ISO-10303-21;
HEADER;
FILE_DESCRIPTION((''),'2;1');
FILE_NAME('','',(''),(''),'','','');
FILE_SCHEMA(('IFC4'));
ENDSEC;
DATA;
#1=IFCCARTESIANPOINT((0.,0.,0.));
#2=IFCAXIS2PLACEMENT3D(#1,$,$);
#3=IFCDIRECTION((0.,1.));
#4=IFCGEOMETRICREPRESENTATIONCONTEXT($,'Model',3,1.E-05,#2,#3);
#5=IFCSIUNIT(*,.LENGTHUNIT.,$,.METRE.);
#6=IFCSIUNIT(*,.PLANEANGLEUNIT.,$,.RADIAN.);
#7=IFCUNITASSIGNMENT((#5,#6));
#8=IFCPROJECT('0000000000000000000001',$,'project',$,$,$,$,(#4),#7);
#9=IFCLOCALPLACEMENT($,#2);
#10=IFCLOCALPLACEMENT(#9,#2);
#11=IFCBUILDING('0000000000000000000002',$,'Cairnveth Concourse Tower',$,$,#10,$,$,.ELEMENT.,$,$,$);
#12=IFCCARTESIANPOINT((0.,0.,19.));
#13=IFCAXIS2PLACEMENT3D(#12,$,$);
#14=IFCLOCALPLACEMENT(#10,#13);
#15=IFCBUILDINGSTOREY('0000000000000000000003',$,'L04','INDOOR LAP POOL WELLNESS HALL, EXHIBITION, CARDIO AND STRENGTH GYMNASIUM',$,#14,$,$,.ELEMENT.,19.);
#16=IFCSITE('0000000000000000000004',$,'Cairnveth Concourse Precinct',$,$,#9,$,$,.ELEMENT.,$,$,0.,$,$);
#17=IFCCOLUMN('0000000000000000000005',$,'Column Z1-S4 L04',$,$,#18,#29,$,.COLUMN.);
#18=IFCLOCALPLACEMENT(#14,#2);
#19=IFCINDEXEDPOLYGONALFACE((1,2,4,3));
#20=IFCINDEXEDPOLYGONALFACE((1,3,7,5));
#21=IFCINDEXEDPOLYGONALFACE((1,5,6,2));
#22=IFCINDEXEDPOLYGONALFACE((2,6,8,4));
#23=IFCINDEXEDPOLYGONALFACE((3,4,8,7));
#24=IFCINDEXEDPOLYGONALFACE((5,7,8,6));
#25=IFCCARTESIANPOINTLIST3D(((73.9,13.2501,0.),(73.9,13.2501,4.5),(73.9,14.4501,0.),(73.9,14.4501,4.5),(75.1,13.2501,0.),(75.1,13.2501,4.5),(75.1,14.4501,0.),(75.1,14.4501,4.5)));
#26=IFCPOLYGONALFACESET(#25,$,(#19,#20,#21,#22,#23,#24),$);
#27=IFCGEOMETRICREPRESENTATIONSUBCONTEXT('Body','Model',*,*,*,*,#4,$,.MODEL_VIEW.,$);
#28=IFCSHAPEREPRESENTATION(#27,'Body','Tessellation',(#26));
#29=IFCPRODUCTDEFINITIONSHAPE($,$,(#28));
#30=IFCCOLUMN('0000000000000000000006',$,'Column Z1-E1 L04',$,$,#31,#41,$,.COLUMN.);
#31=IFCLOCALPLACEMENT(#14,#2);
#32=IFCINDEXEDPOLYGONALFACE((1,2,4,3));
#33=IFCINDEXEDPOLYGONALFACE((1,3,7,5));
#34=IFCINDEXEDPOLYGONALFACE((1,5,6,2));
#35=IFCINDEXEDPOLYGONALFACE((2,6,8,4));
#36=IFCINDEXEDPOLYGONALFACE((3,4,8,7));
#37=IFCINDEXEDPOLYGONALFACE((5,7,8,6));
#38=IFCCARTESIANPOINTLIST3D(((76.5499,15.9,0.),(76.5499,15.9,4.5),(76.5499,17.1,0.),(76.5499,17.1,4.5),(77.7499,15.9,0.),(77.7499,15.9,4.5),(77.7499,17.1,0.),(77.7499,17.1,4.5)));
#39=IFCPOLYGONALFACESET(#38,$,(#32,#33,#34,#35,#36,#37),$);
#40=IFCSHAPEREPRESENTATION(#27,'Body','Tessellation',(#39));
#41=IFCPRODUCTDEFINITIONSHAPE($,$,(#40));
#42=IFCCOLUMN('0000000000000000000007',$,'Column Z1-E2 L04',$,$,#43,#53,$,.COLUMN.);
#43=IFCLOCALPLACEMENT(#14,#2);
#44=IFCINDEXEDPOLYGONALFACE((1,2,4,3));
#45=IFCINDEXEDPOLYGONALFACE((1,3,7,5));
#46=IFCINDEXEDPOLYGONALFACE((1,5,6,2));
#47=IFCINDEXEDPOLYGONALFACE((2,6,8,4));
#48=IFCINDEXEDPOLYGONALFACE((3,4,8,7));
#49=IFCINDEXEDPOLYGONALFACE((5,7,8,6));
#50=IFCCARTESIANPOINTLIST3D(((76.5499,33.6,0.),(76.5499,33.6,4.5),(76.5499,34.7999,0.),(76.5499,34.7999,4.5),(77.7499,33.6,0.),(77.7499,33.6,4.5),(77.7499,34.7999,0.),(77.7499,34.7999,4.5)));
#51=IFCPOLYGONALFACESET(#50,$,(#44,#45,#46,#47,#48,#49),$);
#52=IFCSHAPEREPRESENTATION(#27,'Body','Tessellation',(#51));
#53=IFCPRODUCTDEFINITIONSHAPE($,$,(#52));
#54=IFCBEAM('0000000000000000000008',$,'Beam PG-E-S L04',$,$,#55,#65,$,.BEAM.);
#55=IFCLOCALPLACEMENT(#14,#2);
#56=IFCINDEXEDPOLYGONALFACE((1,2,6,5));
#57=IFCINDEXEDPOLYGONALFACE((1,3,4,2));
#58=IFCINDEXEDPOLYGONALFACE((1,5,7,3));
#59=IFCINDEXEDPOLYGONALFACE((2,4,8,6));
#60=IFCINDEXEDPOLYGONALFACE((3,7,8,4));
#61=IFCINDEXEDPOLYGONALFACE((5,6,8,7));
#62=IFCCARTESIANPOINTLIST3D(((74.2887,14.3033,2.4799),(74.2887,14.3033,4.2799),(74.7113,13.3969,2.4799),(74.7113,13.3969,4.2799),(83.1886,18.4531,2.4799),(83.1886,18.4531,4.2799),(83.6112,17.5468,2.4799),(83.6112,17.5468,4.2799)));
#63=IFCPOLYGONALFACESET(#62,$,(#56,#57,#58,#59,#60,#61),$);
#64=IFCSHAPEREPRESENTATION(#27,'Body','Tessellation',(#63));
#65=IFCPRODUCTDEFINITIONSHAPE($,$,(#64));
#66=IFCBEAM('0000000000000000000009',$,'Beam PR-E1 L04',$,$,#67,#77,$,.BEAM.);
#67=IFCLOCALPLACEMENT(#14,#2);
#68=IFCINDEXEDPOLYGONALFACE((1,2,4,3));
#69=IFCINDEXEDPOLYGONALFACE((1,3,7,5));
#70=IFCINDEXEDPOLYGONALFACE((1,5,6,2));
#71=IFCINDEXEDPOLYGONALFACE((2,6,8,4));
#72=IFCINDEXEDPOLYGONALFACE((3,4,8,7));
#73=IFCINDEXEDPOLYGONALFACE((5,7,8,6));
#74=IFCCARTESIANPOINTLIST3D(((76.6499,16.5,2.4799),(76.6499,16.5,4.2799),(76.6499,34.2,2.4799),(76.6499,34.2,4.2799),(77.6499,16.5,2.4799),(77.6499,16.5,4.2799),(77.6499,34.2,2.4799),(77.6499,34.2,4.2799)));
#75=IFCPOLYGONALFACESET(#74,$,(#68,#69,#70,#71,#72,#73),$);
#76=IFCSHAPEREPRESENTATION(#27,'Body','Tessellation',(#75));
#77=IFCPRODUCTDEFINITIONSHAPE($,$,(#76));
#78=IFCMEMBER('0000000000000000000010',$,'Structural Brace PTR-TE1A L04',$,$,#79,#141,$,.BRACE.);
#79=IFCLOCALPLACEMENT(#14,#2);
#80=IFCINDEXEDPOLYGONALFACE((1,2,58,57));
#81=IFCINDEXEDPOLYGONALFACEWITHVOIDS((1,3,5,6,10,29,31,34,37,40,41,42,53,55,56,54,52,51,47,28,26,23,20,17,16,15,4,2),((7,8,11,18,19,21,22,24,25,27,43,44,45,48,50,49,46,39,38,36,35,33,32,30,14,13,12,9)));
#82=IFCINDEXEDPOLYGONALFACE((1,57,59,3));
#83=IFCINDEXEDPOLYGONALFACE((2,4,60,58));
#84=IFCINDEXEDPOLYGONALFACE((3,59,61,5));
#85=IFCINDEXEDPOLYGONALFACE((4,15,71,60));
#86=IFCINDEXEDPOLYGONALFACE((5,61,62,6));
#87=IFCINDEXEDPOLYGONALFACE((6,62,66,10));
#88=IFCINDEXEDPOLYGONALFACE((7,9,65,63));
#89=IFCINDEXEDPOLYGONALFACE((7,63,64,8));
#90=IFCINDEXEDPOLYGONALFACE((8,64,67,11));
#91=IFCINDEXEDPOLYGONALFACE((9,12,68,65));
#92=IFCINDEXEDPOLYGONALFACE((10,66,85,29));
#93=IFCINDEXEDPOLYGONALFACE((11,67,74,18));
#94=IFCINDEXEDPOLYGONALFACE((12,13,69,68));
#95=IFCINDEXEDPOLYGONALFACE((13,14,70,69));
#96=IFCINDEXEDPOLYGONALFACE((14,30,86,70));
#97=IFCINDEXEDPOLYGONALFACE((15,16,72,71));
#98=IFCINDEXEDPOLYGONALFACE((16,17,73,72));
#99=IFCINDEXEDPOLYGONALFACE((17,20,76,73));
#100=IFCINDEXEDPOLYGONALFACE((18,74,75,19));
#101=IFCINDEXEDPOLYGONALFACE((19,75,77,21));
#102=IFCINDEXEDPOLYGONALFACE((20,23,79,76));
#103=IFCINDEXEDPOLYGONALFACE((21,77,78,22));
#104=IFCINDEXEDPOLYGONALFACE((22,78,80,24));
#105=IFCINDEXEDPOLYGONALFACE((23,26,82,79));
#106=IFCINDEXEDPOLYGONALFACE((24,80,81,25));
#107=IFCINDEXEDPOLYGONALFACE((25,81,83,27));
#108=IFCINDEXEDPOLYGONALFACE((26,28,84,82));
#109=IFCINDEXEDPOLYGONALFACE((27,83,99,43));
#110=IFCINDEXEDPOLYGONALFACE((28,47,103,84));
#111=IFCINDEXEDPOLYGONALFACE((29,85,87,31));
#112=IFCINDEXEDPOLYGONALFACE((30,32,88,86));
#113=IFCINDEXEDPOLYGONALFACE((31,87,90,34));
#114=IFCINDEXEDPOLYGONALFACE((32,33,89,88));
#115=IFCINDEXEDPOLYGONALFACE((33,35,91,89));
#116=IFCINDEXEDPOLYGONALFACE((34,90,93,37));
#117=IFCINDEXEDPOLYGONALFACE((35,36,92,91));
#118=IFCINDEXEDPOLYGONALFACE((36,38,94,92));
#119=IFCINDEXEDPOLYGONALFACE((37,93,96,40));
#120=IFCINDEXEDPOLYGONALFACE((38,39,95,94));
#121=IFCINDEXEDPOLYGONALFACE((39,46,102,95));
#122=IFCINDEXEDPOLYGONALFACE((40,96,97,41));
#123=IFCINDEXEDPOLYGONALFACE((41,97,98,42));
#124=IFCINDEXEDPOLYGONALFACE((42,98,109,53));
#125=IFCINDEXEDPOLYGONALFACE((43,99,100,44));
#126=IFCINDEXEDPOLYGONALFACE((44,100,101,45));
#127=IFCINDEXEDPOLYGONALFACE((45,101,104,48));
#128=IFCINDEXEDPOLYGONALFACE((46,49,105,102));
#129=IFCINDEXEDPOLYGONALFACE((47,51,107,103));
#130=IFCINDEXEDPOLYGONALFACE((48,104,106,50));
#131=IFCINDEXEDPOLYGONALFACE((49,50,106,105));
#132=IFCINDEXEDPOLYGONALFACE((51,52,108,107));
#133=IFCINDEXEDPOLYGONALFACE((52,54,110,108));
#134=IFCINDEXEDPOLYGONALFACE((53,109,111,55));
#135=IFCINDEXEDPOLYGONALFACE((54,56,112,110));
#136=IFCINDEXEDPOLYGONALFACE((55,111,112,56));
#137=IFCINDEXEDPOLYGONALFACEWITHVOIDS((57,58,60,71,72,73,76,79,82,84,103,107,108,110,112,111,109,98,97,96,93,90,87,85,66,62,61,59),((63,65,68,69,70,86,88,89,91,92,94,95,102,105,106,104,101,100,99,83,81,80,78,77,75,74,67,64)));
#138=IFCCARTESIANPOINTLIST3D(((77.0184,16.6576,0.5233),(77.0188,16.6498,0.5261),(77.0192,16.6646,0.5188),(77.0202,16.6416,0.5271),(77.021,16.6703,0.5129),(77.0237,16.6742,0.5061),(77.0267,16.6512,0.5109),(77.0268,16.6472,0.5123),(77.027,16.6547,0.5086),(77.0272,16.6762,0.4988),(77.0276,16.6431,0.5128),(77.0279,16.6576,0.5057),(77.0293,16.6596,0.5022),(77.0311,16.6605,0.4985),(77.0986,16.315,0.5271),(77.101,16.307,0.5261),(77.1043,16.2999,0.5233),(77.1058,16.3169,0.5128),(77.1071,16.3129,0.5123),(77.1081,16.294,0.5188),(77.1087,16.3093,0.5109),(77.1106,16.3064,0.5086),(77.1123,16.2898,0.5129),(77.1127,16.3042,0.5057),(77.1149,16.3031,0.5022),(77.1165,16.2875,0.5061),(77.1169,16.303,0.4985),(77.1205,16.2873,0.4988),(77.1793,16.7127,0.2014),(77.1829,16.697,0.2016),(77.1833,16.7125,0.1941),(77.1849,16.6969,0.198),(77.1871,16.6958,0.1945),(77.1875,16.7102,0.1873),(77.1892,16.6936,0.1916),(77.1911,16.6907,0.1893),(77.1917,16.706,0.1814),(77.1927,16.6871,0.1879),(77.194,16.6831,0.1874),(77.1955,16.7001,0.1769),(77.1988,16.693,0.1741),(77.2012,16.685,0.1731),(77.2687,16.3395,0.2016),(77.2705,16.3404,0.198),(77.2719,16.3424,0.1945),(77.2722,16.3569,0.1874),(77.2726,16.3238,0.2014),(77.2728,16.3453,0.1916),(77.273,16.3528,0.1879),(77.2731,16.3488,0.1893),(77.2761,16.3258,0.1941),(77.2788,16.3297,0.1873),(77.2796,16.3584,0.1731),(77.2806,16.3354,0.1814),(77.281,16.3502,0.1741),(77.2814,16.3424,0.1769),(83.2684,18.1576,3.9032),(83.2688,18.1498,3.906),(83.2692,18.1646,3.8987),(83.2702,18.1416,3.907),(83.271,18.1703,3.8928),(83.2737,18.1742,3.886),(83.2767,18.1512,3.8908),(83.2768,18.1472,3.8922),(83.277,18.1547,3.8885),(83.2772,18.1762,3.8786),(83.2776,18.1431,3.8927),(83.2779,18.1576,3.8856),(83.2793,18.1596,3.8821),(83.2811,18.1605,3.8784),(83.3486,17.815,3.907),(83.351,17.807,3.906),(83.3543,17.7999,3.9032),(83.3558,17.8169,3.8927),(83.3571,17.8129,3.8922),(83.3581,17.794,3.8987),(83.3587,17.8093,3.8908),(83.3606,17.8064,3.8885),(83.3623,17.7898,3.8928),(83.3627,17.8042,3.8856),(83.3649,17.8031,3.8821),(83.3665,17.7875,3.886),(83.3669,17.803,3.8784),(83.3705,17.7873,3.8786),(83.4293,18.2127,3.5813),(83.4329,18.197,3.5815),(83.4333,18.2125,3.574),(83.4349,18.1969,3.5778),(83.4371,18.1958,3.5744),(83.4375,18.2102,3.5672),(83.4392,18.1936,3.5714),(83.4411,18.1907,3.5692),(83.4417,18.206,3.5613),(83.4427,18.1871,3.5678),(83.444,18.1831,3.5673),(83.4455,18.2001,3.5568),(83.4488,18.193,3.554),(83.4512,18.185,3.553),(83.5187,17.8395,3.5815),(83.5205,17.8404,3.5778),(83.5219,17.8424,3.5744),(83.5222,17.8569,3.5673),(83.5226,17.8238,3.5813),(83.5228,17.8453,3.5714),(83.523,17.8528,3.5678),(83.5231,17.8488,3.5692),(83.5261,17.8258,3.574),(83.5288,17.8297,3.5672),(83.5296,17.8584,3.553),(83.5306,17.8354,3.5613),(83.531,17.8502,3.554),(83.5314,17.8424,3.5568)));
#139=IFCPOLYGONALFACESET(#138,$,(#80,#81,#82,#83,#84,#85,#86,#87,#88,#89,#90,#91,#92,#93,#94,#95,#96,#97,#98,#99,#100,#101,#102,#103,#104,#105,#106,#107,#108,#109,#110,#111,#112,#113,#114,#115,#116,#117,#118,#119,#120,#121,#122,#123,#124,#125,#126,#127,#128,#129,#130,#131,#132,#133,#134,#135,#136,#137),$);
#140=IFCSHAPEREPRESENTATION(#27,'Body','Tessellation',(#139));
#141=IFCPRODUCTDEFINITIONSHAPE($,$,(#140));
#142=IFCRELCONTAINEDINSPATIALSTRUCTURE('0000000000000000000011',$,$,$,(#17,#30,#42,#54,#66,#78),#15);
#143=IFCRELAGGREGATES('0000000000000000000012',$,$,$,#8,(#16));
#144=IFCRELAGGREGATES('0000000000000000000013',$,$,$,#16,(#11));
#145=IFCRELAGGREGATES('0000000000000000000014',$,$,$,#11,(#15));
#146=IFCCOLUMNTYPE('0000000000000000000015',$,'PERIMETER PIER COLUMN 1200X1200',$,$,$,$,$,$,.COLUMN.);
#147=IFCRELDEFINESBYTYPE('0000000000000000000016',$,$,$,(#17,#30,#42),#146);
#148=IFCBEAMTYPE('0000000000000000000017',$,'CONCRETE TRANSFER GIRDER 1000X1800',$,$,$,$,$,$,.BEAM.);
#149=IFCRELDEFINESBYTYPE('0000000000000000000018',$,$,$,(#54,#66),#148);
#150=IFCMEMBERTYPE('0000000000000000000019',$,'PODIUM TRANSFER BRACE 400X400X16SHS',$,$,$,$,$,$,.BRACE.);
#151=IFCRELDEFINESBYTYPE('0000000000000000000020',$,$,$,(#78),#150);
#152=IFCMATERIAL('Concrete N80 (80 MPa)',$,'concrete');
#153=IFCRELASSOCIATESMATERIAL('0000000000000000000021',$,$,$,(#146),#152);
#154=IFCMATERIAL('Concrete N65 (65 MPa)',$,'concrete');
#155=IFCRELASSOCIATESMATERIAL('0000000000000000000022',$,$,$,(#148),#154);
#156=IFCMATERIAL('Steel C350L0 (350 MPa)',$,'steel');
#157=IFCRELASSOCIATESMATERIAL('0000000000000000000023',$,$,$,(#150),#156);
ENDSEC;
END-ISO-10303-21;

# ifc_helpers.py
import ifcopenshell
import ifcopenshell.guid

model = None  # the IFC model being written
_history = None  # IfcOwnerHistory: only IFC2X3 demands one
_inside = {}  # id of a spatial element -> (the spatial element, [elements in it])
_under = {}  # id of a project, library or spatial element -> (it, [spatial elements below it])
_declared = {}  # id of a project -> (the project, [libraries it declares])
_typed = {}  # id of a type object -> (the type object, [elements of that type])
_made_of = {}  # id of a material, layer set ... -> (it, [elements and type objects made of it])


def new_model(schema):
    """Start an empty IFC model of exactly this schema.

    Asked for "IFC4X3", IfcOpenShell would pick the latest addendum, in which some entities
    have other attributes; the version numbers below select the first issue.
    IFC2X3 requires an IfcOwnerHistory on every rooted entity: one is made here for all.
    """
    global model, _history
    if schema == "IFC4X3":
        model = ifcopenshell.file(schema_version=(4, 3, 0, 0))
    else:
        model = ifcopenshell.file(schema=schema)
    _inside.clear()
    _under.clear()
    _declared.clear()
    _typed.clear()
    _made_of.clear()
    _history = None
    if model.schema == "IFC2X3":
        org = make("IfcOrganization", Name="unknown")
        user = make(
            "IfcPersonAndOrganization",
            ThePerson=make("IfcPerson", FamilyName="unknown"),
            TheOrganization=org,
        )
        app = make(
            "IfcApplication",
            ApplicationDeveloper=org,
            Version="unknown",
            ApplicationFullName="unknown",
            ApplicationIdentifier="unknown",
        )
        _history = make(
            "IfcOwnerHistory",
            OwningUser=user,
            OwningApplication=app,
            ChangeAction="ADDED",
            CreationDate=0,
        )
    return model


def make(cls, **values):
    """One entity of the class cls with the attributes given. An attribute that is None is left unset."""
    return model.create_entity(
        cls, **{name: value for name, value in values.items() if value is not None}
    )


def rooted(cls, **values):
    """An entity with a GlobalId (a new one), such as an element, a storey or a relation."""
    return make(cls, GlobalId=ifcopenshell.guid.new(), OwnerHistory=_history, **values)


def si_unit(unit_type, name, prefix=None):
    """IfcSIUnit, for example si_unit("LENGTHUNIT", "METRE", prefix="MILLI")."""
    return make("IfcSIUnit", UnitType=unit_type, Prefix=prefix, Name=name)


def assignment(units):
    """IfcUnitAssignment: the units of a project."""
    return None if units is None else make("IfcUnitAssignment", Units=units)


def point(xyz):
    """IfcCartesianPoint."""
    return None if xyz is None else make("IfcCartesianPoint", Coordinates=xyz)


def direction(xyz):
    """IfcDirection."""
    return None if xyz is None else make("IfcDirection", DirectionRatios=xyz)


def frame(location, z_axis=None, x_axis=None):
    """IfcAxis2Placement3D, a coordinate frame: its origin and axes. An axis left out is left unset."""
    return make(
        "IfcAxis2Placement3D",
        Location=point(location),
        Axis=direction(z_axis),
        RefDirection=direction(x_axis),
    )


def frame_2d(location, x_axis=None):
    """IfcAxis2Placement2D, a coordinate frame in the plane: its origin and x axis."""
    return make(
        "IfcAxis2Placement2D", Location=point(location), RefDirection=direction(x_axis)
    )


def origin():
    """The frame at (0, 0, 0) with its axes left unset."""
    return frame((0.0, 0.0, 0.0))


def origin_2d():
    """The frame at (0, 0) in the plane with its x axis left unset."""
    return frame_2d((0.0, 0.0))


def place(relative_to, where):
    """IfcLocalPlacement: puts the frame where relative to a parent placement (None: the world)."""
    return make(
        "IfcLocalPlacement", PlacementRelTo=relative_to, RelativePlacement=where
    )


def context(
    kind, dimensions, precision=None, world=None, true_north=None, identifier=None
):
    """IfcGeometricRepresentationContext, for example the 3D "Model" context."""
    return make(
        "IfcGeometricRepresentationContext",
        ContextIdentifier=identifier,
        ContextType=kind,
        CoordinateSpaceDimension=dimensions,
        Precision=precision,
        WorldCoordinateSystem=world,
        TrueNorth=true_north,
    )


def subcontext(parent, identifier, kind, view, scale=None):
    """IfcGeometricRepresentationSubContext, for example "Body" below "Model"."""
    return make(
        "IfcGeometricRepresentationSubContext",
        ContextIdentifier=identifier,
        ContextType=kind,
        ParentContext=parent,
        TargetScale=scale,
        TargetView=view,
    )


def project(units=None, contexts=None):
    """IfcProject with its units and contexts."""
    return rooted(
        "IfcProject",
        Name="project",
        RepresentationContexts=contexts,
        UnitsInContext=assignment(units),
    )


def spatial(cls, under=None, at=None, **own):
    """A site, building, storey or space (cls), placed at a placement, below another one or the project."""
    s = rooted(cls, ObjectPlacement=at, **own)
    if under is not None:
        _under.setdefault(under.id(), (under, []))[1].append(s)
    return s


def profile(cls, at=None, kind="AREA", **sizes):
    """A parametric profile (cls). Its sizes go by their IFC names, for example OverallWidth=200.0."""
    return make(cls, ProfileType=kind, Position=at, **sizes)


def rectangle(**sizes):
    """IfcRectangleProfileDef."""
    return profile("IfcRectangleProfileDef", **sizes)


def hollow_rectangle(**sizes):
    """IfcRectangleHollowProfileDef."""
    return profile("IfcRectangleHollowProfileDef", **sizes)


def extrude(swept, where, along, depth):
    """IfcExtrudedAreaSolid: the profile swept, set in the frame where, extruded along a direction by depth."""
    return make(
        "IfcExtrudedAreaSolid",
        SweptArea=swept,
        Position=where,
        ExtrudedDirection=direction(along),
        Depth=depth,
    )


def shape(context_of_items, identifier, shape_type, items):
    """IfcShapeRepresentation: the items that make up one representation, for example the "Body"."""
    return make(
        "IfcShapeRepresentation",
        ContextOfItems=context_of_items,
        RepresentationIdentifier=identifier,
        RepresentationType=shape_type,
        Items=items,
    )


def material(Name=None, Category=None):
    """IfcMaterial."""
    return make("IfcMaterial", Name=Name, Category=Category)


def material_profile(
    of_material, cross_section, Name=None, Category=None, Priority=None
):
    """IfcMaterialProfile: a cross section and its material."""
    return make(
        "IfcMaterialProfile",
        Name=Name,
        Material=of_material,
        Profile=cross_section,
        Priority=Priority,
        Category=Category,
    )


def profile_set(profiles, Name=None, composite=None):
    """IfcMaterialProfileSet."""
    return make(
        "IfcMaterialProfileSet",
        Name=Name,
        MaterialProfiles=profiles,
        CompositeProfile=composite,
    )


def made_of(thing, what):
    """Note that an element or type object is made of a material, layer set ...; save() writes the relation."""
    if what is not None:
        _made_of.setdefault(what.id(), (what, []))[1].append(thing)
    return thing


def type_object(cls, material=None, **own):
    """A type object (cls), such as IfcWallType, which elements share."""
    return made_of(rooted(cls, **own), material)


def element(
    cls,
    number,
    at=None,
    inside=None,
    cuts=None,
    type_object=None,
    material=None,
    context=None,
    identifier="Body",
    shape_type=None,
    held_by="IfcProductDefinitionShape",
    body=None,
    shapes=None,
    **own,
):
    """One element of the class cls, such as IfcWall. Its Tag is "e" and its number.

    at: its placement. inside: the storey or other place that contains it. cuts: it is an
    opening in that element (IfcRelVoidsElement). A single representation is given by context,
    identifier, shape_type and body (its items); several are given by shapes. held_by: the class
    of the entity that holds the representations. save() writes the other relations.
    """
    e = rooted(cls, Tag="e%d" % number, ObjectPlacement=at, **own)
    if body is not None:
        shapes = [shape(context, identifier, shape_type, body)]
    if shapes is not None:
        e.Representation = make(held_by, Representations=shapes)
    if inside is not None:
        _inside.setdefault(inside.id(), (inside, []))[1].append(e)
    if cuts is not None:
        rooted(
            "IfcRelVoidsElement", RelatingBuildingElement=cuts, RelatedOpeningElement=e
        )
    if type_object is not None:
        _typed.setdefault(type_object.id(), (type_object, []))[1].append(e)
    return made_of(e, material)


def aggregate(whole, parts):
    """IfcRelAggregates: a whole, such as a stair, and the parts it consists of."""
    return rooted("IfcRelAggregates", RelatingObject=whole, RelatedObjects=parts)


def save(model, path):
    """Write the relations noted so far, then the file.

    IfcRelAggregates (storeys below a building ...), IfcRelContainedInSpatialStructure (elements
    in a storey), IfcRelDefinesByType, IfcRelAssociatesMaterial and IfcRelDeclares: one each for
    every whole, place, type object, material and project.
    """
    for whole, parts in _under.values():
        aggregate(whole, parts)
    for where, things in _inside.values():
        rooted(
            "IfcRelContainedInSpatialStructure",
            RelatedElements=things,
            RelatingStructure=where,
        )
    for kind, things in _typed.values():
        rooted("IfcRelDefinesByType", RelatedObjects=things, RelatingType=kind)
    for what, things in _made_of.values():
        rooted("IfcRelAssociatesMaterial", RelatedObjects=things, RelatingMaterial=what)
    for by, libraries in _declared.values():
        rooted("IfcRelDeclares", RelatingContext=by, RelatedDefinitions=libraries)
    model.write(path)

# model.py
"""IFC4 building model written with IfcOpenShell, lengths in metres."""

from ifc_helpers import new_model, si_unit, direction, frame, origin, origin_2d, place, context, subcontext, project, spatial, rectangle, hollow_rectangle, extrude, material, material_profile, profile_set, type_object, element, save


model = new_model("IFC4")

# Units and contexts
model_context = context("Model", 3, precision=1e-05, world=origin(), true_north=direction((0.0, 1.0)))
body_context = subcontext(model_context, "Body", "Model", "MODEL_VIEW")
ifc_project = project(units=[si_unit("LENGTHUNIT", "METRE"), si_unit("PLANEANGLEUNIT", "RADIAN")], contexts=[model_context])

# Site, building, storey
site_placement = place(None, origin())
site = spatial("IfcSite", under=ifc_project, at=site_placement, Name="Cairnveth Concourse Precinct", CompositionType="ELEMENT", RefElevation=0.0)
building_placement = place(site_placement, origin())
building = spatial("IfcBuilding", under=site, at=building_placement, Name="Cairnveth Concourse Tower", CompositionType="ELEMENT")
storey_placement = place(building_placement, frame((0.0, 0.0, 19.0)))
storey = spatial("IfcBuildingStorey", under=building, at=storey_placement, Name="L04", Description="INDOOR LAP POOL WELLNESS HALL, EXHIBITION, CARDIO AND STRENGTH GYMNASIUM", CompositionType="ELEMENT", Elevation=19.0)

# Columns
ifc_material_1 = material(Name="Concrete N80 (80 MPa)", Category="concrete")
ifc_material_profile_1 = material_profile(ifc_material_1, rectangle(XDim=1.2, YDim=1.2, at=origin_2d()), Name="RC-COL-1200x1200")
ifc_profile_set_1 = profile_set([ifc_material_profile_1], Name="Concrete N80 (80 MPa)")
column_type = type_object("IfcColumnType", Name="PERIMETER PIER COLUMN 1200X1200", PredefinedType="COLUMN", material=ifc_profile_set_1)
for number, where, z_axis, x_axis, name in (
    (1, (74.5, 13.8501, 0.0), (0.0, 0.0, 1.0), (1.0, 0.0, 0.0), "Column Z1-S4 L04"),
    (2, (77.1499, 16.5, 0.0), (0.0, 0.0, 1.0), (1.0, 0.0, 0.0), "Column Z1-E1 L04"),
    (3, (77.1499, 34.2, 0.0), (0.0, 0.0, 1.0), (1.0, 0.0, 0.0), "Column Z1-E2 L04"),
):
    element("IfcColumn", number, at=place(storey_placement, frame(where, z_axis=z_axis, x_axis=x_axis)), inside=storey, type_object=column_type, Name=name, PredefinedType="COLUMN", context=body_context, shape_type="SweptSolid", body=[
        extrude(rectangle(XDim=1.2, YDim=1.2, at=origin_2d()), origin(), (0.0, 0.0, 1.0), 4.5),
    ])

# Beams
ifc_material_2 = material(Name="Concrete N65 (65 MPa)", Category="concrete")
ifc_material_profile_2 = material_profile(ifc_material_2, rectangle(XDim=1.0, YDim=1.8, at=origin_2d()), Name="RC-TB-1000x1800")
ifc_profile_set_2 = profile_set([ifc_material_profile_2], Name="Concrete N65 (65 MPa)")
beam_type = type_object("IfcBeamType", Name="CONCRETE TRANSFER GIRDER 1000X1800", PredefinedType="BEAM", material=ifc_profile_set_2)
beam_1_placement = place(storey_placement, frame((74.5, 13.8501, 3.3799), z_axis=(0.906315, 0.422602, 0.0), x_axis=(-0.422602, 0.906315, 0.0)))
element("IfcBeam", 4, at=beam_1_placement, inside=storey, type_object=beam_type, Name="Beam PG-E-S L04", PredefinedType="BEAM", context=body_context, shape_type="SweptSolid", body=[
    extrude(rectangle(XDim=1.0, YDim=1.8, at=origin_2d()), origin(), (0.0, 0.0, 1.0), 9.8198),
])
beam_2_placement = place(storey_placement, frame((77.1499, 16.5, 3.3799), z_axis=(0.0, 1.0, 0.0), x_axis=(-1.0, 0.0, 0.0)))
element("IfcBeam", 5, at=beam_2_placement, inside=storey, type_object=beam_type, Name="Beam PR-E1 L04", PredefinedType="BEAM", context=body_context, shape_type="SweptSolid", body=[
    extrude(rectangle(XDim=1.0, YDim=1.8, at=origin_2d()), origin(), (0.0, 0.0, 1.0), 17.7),
])

# Member
ifc_material_3 = material(Name="Steel C350L0 (350 MPa)", Category="steel")
ifc_material_profile_3 = material_profile(ifc_material_3, hollow_rectangle(XDim=0.3999, YDim=0.3999, WallThickness=0.0161, InnerFilletRadius=0.0161, OuterFilletRadius=0.032, at=origin_2d()), Name="400x400x16.0SHS")
ifc_profile_set_3 = profile_set([ifc_material_profile_3], Name="Steel C350L0 (350 MPa)")
member_type = type_object("IfcMemberType", Name="PODIUM TRANSFER BRACE 400X400X16SHS", PredefinedType="BRACE", material=ifc_profile_set_3)
member_placement = place(storey_placement, frame((77.1499, 16.5, 0.3501), z_axis=(0.860649, 0.206556, 0.465423), x_axis=(-0.233373, 0.972387, 0.0)))
element("IfcMember", 6, at=member_placement, inside=storey, type_object=member_type, Name="Structural Brace PTR-TE1A L04", PredefinedType="BRACE", context=body_context, shape_type="SweptSolid", body=[
    extrude(hollow_rectangle(XDim=0.3999, YDim=0.3999, WallThickness=0.0161, InnerFilletRadius=0.0161, OuterFilletRadius=0.032, at=origin_2d()), origin(), (0.0, 0.0, 1.0), 7.262),
])

save(model, "model.ifc")
